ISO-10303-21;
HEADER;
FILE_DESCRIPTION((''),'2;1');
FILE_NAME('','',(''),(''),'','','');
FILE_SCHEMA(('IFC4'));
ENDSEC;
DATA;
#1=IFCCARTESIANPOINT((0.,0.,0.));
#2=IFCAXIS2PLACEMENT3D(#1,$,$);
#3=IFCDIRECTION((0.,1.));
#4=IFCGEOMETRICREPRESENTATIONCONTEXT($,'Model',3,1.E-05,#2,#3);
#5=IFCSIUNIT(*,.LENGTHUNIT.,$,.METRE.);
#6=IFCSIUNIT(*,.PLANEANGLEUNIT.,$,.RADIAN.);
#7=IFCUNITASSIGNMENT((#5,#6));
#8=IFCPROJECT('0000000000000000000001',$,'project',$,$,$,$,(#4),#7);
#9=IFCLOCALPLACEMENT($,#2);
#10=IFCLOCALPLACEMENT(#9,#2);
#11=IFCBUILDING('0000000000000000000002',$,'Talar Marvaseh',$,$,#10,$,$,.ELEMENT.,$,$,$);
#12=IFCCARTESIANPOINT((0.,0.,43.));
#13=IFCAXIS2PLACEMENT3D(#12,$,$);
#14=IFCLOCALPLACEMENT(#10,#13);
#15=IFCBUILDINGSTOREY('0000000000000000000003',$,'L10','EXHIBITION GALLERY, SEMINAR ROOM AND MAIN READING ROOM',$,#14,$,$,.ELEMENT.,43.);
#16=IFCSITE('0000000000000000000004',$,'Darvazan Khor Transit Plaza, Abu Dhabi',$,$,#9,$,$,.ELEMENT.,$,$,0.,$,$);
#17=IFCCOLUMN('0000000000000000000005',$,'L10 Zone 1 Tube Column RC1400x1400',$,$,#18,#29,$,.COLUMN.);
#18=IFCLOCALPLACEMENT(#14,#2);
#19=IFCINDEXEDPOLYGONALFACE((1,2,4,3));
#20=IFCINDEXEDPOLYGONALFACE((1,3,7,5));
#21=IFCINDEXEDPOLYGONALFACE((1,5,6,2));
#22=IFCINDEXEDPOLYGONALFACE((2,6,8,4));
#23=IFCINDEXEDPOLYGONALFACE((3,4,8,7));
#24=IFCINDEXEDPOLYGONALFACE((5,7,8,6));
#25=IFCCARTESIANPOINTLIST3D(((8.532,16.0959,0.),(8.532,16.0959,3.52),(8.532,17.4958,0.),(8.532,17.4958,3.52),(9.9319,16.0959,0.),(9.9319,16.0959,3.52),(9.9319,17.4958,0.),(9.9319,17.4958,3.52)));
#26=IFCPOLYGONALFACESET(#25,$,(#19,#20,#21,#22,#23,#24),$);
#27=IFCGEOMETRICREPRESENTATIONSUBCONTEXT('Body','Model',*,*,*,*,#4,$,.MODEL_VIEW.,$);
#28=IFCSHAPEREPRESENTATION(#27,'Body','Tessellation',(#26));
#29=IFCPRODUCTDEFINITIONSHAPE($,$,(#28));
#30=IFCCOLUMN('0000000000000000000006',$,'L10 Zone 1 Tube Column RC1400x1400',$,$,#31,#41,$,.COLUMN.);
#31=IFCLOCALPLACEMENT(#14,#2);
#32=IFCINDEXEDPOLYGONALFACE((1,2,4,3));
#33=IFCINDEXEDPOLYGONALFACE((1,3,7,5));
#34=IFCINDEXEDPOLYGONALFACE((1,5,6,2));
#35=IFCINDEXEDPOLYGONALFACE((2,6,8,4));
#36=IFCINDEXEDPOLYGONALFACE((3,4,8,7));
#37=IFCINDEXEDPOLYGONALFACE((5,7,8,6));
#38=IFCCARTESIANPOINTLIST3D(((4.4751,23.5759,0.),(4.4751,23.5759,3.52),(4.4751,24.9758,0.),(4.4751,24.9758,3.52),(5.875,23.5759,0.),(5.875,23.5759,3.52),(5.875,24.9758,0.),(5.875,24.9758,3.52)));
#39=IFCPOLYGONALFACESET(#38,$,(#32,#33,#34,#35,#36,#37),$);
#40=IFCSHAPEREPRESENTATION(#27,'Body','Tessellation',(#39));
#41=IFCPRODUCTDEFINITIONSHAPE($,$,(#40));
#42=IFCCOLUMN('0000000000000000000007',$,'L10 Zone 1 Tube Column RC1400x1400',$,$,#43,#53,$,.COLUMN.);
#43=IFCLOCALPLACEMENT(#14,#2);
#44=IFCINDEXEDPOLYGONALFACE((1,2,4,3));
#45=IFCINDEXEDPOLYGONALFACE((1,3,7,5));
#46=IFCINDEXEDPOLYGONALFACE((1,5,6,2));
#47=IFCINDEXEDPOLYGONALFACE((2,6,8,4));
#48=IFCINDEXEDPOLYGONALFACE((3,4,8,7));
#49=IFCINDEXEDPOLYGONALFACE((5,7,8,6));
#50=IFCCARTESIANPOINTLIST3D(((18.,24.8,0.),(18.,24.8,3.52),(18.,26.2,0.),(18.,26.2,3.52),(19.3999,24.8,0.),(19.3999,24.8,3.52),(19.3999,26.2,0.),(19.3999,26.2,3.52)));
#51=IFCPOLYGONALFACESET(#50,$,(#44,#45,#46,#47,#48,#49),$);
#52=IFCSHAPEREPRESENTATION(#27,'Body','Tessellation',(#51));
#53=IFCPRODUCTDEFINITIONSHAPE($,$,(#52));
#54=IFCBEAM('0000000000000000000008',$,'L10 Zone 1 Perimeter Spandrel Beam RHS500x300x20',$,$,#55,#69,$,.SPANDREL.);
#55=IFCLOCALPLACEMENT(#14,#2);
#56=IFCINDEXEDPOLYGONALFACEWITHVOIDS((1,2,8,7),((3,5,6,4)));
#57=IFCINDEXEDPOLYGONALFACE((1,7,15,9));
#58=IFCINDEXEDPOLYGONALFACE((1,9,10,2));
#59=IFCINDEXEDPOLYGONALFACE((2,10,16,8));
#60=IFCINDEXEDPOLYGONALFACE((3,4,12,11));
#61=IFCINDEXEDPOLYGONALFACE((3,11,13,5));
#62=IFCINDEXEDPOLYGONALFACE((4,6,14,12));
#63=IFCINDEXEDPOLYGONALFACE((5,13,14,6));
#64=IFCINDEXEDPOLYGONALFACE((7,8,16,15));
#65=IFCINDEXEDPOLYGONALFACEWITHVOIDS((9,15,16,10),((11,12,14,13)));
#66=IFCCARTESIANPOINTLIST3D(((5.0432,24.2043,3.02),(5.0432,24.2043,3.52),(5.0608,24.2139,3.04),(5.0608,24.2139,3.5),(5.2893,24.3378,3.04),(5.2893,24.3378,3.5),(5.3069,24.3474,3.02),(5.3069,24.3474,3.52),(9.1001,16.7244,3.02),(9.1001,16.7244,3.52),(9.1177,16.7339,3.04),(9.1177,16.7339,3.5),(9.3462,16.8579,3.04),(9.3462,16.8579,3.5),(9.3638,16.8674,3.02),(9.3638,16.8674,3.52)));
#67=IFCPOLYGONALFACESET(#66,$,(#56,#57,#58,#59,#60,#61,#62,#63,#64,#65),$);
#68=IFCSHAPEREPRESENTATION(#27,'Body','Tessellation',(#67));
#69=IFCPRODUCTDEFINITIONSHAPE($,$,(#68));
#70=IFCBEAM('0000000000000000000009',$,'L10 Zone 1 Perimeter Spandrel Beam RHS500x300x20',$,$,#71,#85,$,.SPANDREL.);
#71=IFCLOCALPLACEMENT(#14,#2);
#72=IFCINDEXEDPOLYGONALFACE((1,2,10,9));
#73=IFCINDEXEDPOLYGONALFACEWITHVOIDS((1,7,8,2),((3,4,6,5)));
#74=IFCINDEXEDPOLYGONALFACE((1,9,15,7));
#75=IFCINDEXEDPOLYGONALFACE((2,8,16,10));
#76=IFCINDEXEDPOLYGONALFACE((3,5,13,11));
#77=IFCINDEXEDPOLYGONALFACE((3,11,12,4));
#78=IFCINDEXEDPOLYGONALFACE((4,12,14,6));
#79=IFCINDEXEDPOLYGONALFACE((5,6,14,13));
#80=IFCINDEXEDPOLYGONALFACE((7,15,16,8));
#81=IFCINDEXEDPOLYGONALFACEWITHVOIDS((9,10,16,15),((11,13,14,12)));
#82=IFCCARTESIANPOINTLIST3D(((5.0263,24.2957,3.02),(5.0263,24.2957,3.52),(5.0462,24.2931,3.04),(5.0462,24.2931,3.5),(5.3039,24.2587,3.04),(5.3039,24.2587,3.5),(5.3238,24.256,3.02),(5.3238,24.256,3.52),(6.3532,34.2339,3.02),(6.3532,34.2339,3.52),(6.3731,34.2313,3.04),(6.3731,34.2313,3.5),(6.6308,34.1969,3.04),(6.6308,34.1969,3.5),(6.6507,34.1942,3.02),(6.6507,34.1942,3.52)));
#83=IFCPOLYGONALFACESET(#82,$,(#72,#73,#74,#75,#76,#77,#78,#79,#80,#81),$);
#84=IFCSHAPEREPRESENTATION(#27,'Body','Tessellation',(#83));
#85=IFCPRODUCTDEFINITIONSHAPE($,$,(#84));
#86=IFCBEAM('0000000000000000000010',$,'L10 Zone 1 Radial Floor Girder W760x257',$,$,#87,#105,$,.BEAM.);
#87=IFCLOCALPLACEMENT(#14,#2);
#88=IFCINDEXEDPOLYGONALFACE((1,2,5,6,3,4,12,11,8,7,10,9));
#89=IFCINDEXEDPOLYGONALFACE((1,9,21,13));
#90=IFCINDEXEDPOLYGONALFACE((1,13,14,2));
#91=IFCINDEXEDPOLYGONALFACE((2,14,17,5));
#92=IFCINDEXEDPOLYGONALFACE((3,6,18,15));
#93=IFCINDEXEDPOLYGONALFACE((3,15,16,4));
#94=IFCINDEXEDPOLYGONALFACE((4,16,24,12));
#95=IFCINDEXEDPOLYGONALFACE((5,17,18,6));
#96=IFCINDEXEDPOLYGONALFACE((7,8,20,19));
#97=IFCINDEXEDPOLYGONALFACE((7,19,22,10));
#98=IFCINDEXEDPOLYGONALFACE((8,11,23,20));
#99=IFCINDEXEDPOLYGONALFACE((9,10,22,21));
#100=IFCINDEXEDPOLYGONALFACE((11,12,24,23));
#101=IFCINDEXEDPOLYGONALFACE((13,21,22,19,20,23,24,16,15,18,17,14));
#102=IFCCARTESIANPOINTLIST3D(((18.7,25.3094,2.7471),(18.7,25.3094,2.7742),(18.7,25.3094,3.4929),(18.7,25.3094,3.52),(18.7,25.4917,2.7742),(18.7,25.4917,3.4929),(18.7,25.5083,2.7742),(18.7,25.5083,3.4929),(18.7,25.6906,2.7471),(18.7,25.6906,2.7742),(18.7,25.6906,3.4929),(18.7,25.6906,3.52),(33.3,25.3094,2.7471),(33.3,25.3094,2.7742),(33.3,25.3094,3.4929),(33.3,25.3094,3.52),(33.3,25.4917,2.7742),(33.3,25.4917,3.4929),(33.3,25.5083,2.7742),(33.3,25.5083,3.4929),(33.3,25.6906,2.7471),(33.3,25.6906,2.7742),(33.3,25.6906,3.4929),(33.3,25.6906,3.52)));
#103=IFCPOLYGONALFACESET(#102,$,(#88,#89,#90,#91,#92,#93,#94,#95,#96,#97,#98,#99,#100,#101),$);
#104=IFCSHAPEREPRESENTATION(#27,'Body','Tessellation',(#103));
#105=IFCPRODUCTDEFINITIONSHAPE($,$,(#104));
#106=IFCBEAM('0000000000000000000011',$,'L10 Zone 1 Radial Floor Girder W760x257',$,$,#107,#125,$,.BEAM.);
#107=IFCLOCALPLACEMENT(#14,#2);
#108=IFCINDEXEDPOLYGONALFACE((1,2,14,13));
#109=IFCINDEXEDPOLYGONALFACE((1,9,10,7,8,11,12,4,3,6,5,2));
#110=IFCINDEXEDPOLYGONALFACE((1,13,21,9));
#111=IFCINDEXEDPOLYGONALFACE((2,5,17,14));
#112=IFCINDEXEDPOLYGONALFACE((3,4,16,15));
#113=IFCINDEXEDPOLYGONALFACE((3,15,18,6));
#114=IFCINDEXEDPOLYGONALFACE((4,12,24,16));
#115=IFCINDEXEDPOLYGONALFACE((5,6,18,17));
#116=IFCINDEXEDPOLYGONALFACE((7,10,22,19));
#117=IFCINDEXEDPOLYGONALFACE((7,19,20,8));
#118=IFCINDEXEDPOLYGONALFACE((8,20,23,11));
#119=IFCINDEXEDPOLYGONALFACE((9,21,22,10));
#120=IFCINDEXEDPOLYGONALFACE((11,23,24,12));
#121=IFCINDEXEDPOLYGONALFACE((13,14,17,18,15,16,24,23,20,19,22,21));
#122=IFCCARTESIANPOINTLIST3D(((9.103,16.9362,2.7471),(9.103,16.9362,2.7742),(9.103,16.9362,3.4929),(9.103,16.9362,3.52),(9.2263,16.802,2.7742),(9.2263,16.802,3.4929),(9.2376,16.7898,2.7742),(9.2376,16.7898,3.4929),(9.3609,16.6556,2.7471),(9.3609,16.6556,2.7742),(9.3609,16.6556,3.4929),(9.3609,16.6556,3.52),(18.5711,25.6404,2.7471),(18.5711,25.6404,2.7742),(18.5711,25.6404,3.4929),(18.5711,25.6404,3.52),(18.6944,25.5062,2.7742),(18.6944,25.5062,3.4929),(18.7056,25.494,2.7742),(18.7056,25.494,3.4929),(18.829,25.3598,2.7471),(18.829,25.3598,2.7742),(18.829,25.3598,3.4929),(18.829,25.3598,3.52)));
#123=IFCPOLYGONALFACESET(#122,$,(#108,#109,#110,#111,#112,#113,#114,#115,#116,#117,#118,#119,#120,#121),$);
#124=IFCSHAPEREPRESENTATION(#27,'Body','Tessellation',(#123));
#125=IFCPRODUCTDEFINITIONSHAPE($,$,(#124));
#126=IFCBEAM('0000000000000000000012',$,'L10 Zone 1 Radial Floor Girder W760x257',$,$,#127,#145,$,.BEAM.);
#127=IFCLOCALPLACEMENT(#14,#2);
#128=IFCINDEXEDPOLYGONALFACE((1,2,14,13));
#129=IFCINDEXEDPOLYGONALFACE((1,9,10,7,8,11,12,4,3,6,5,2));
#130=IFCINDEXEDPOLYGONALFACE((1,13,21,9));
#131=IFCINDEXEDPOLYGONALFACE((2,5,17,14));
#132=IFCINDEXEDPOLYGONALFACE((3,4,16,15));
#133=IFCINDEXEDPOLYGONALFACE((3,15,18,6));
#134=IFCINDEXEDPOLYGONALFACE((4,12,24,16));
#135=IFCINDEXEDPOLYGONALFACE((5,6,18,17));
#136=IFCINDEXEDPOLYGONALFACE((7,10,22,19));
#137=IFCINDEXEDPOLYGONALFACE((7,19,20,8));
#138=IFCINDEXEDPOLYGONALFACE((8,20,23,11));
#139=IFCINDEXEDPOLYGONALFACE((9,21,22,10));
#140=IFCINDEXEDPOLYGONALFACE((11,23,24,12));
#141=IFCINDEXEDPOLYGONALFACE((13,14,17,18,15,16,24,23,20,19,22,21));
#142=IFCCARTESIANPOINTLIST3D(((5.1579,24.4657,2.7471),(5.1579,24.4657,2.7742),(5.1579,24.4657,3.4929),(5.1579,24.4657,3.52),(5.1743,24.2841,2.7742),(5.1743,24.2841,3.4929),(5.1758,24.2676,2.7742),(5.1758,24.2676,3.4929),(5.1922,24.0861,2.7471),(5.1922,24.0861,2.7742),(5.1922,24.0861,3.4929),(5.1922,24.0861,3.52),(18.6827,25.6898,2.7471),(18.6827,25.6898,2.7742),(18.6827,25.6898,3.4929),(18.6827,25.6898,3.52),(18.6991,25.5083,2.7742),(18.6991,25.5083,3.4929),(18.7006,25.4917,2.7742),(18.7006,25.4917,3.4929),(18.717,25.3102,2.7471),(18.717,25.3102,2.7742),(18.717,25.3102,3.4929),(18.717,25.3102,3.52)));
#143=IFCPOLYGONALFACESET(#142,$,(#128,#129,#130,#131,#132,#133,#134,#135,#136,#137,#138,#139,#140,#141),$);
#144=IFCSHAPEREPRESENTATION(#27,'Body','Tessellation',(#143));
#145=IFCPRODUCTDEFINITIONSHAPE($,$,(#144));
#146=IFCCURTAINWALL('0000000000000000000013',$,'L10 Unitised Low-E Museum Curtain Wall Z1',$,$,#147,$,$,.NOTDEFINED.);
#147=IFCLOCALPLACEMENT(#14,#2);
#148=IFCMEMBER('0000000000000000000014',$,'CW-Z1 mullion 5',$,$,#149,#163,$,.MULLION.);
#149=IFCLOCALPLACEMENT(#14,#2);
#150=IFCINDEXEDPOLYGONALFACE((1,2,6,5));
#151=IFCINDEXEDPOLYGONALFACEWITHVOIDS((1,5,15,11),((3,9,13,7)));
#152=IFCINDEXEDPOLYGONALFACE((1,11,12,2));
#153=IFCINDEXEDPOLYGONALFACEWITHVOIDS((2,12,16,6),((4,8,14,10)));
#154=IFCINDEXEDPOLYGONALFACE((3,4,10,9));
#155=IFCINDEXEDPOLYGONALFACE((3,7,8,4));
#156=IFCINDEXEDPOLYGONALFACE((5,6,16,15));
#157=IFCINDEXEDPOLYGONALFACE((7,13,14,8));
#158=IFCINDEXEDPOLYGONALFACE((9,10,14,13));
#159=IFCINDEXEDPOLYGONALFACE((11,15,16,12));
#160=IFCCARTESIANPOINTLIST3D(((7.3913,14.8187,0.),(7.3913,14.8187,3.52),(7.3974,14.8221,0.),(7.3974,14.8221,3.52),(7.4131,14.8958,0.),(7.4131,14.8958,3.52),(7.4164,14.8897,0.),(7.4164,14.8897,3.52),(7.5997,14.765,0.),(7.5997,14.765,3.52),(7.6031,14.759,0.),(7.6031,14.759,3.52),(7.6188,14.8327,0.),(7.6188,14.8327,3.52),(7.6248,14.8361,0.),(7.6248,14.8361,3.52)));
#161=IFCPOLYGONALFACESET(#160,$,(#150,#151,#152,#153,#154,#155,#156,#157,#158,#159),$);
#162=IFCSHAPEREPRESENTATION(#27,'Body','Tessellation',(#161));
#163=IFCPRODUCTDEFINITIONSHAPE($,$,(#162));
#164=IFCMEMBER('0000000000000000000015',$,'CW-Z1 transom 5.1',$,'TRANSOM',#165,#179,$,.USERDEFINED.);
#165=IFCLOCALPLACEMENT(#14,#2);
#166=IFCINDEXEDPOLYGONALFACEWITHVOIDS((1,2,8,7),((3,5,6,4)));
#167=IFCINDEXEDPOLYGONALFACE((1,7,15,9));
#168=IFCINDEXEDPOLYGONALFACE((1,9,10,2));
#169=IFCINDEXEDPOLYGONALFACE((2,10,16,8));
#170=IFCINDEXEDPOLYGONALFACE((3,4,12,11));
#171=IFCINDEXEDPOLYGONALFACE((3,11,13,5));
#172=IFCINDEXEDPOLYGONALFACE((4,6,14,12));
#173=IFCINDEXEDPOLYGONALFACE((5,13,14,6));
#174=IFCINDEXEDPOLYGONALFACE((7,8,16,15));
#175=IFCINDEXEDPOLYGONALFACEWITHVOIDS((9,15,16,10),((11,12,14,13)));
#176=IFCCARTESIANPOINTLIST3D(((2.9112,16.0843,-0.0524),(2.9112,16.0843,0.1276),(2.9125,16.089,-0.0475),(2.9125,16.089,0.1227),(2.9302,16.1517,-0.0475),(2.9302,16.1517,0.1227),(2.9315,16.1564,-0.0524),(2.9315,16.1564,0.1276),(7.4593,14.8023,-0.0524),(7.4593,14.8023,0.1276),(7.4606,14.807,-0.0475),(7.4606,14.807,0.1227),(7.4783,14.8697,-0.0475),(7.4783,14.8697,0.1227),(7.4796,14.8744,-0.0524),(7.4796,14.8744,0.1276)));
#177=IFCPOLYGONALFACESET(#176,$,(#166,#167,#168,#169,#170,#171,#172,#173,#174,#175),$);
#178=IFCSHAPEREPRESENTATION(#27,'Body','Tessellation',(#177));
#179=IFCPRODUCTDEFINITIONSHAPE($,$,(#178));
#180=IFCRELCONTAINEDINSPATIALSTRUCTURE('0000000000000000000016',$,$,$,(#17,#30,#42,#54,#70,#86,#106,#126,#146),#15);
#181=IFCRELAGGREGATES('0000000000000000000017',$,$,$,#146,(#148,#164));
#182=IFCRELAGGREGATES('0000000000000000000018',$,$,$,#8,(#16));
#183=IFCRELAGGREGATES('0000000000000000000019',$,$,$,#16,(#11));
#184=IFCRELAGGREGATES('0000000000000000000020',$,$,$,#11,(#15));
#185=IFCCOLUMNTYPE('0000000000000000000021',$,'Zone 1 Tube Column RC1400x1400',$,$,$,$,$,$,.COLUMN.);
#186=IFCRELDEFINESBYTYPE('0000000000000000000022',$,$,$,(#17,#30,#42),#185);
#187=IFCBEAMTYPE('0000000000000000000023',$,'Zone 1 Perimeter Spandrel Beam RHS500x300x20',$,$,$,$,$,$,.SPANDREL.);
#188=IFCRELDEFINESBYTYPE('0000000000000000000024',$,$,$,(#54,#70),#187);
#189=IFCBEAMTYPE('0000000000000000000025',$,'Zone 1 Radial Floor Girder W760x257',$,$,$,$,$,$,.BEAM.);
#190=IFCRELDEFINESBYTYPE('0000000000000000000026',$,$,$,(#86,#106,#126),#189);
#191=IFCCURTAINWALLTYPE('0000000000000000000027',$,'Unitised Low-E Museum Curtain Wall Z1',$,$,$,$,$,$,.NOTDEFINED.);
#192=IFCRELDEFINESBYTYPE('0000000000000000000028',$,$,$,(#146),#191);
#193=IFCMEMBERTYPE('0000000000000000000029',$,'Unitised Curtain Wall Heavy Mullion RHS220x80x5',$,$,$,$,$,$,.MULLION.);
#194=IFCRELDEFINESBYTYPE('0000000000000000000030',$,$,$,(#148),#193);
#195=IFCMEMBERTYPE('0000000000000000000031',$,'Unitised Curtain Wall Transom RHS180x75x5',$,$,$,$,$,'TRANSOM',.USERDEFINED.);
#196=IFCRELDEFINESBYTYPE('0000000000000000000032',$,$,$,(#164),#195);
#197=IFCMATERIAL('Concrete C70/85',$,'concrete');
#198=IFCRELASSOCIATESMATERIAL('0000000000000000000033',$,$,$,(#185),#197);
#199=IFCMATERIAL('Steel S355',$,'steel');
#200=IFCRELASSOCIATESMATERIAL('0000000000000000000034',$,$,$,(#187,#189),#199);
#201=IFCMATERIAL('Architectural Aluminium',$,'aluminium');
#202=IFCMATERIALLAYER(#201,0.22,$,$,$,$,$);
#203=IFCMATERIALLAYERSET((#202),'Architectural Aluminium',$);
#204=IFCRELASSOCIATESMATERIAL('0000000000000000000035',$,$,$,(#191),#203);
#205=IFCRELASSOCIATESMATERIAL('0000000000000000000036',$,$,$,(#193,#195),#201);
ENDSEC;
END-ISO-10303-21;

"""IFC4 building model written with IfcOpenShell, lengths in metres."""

from ifc_helpers import new_model, si_unit, direction, frame, origin, origin_2d, place, context, subcontext, project, spatial, rectangle, hollow_rectangle, i_section, extrude, source, transform, mapped, material, layer, layer_set, material_profile, profile_set, type_object, type_shapes, element, aggregate, save


model = new_model("IFC4")

# Units and contexts
model_context = context("Model", 3, precision=1e-05, world=origin(), true_north=direction((0.0, 1.0)))
body_context = subcontext(model_context, "Body", "Model", "MODEL_VIEW")
ifc_project = project(units=[si_unit("LENGTHUNIT", "METRE"), si_unit("PLANEANGLEUNIT", "RADIAN")], contexts=[model_context])

# Site, building, storey
site_placement = place(None, origin())
site = spatial("IfcSite", under=ifc_project, at=site_placement, Name="Darvazan Khor Transit Plaza, Abu Dhabi", CompositionType="ELEMENT", RefElevation=0.0)
building_placement = place(site_placement, origin())
building = spatial("IfcBuilding", under=site, at=building_placement, Name="Talar Marvaseh", CompositionType="ELEMENT")
storey_placement = place(building_placement, frame((0.0, 0.0, 43.0)))
storey = spatial("IfcBuildingStorey", under=building, at=storey_placement, Name="L10", Description="EXHIBITION GALLERY, SEMINAR ROOM AND MAIN READING ROOM", CompositionType="ELEMENT", Elevation=43.0)

# Columns
ifc_material_1 = material(Name="Concrete C70/85", Category="concrete")
ifc_material_profile_1 = material_profile(ifc_material_1, rectangle(XDim=1.3999, YDim=1.3999, at=origin_2d()), Name="RC1400x1400")
ifc_profile_set_1 = profile_set([ifc_material_profile_1], Name="Concrete C70/85")
column_type = type_object("IfcColumnType", Name="Zone 1 Tube Column RC1400x1400", PredefinedType="COLUMN", material=ifc_profile_set_1)
for number, where, z_axis, x_axis, name in (
    (1, (9.2319, 16.7959, 0.0), (0.0, 0.0, 1.0), (1.0, 0.0, 0.0), "L10 Zone 1 Tube Column RC1400x1400"),
    (2, (5.175, 24.2759, 0.0), (0.0, 0.0, 1.0), (1.0, 0.0, 0.0), "L10 Zone 1 Tube Column RC1400x1400"),
    (3, (18.7, 25.5, 0.0), (0.0, 0.0, 1.0), (1.0, 0.0, 0.0), "L10 Zone 1 Tube Column RC1400x1400"),
):
    element("IfcColumn", number, at=place(storey_placement, frame(where, z_axis=z_axis, x_axis=x_axis)), inside=storey, type_object=column_type, Name=name, PredefinedType="COLUMN", context=body_context, shape_type="SweptSolid", body=[
        extrude(rectangle(XDim=1.3999, YDim=1.3999, at=origin_2d()), origin(), (0.0, 0.0, 1.0), 3.52),
    ])

# Beams
ifc_material_2 = material(Name="Steel S355", Category="steel")
ifc_material_profile_2 = material_profile(ifc_material_2, hollow_rectangle(XDim=0.3, YDim=0.5, WallThickness=0.02, at=origin_2d()), Name="RHS500x300x20")
ifc_profile_set_2 = profile_set([ifc_material_profile_2], Name="Steel S355")
beam_type_1 = type_object("IfcBeamType", Name="Zone 1 Perimeter Spandrel Beam RHS500x300x20", PredefinedType="SPANDREL", material=ifc_profile_set_2)
beam_1_placement = place(storey_placement, frame((9.2319, 16.7959, 3.27), z_axis=(-0.476758, 0.879035, 0.0), x_axis=(-0.879035, -0.476758, 0.0)))
element("IfcBeam", 4, at=beam_1_placement, inside=storey, type_object=beam_type_1, Name="L10 Zone 1 Perimeter Spandrel Beam RHS500x300x20", PredefinedType="SPANDREL", context=body_context, shape_type="SweptSolid", body=[
    extrude(hollow_rectangle(XDim=0.3, YDim=0.5, WallThickness=0.02, at=origin_2d()), origin(), (0.0, 0.0, 1.0), 8.5093),
])
beam_2_placement = place(storey_placement, frame((5.175, 24.2759, 3.27), z_axis=(0.132341, 0.991204, 0.0), x_axis=(-0.991204, 0.132341, 0.0)))
element("IfcBeam", 5, at=beam_2_placement, inside=storey, type_object=beam_type_1, Name="L10 Zone 1 Perimeter Spandrel Beam RHS500x300x20", PredefinedType="SPANDREL", context=body_context, shape_type="SweptSolid", body=[
    extrude(hollow_rectangle(XDim=0.3, YDim=0.5, WallThickness=0.02, at=origin_2d()), origin(), (0.0, 0.0, 1.0), 10.0264),
])
ifc_material_profile_3 = material_profile(ifc_material_2, i_section(OverallWidth=0.3811, OverallDepth=0.7729, WebThickness=0.0166, FlangeThickness=0.0271, at=origin_2d()), Name="W760x257")
ifc_profile_set_3 = profile_set([ifc_material_profile_3], Name="Steel S355")
beam_type_2 = type_object("IfcBeamType", Name="Zone 1 Radial Floor Girder W760x257", PredefinedType="BEAM", material=ifc_profile_set_3)
beam_3_placement = place(storey_placement, frame((18.7, 25.5, 3.1335), z_axis=(1.0, 0.0, 0.0), x_axis=(0.0, 1.0, 0.0)))
element("IfcBeam", 6, at=beam_3_placement, inside=storey, type_object=beam_type_2, Name="L10 Zone 1 Radial Floor Girder W760x257", PredefinedType="BEAM", context=body_context, shape_type="SweptSolid", body=[
    extrude(i_section(OverallWidth=0.3811, OverallDepth=0.7729, WebThickness=0.0166, FlangeThickness=0.0271, at=origin_2d()), origin(), (0.0, 0.0, 1.0), 14.6001),
])
beam_4_placement = place(storey_placement, frame((9.2319, 16.7959, 3.1335), z_axis=(0.736182, 0.676784, 0.0), x_axis=(-0.676784, 0.736182, 0.0)))
element("IfcBeam", 7, at=beam_4_placement, inside=storey, type_object=beam_type_2, Name="L10 Zone 1 Radial Floor Girder W760x257", PredefinedType="BEAM", context=body_context, shape_type="SweptSolid", body=[
    extrude(i_section(OverallWidth=0.3811, OverallDepth=0.7729, WebThickness=0.0166, FlangeThickness=0.0271, at=origin_2d()), origin(), (0.0, 0.0, 1.0), 12.8611),
])
beam_5_placement = place(storey_placement, frame((5.175, 24.2759, 3.1335), z_axis=(0.995929, 0.09014, 0.0), x_axis=(-0.09014, 0.995929, 0.0)))
element("IfcBeam", 8, at=beam_5_placement, inside=storey, type_object=beam_type_2, Name="L10 Zone 1 Radial Floor Girder W760x257", PredefinedType="BEAM", context=body_context, shape_type="SweptSolid", body=[
    extrude(i_section(OverallWidth=0.3811, OverallDepth=0.7729, WebThickness=0.0166, FlangeThickness=0.0271, at=origin_2d()), origin(), (0.0, 0.0, 1.0), 13.5801),
])

# Curtain wall, members
ifc_material_3 = material(Name="Architectural Aluminium", Category="aluminium")
ifc_layer_1 = layer(ifc_material_3, 0.22)
ifc_layer_set_1 = layer_set([ifc_layer_1], Name="Architectural Aluminium")
curtain_wall_type = type_object("IfcCurtainWallType", Name="Unitised Low-E Museum Curtain Wall Z1", PredefinedType="NOTDEFINED", material=ifc_layer_set_1)
curtain_wall_placement = place(storey_placement, origin())
curtain_wall = element("IfcCurtainWall", 9, at=curtain_wall_placement, inside=storey, type_object=curtain_wall_type, Name="L10 Unitised Low-E Museum Curtain Wall Z1", PredefinedType="NOTDEFINED")
ifc_material_profile_4 = material_profile(ifc_material_3, hollow_rectangle(XDim=0.0801, YDim=0.22, WallThickness=0.0049, at=origin_2d()), Name="RHS220x80x5")
ifc_profile_set_4 = profile_set([ifc_material_profile_4], Name="Architectural Aluminium")
member_type_1 = type_object("IfcMemberType", Name="Unitised Curtain Wall Heavy Mullion RHS220x80x5", PredefinedType="MULLION", material=ifc_profile_set_4)
shared_shape_1 = source(origin(), body_context, "Body", "SweptSolid", [
    extrude(hollow_rectangle(XDim=0.0801, YDim=0.22, WallThickness=0.0049, at=origin_2d()), origin(), (0.0, 0.0, 1.0), 3.52),
])
type_shapes(member_type_1, [shared_shape_1])
member_1_placement = place(storey_placement, frame((7.5081, 14.8274, 0.0), z_axis=(0.0, 0.0, 1.0), x_axis=(-0.271292, -0.962497, 0.0)))
member_1 = element("IfcMember", 10, at=member_1_placement, type_object=member_type_1, Name="CW-Z1 mullion 5", PredefinedType="MULLION", context=body_context, shape_type="MappedRepresentation", body=[
    mapped(shared_shape_1, transform((0.0, 0.0, 0.0), x_axis=(1.0, 0.0, 0.0), y_axis=(0.0, 1.0, 0.0), z_axis=(0.0, 0.0, 1.0), scale=1.0)),
])
ifc_material_profile_5 = material_profile(ifc_material_3, hollow_rectangle(XDim=0.075, YDim=0.1799, WallThickness=0.0049, at=origin_2d()), Name="RHS180x75x5")
ifc_profile_set_5 = profile_set([ifc_material_profile_5], Name="Architectural Aluminium")
member_type_2 = type_object("IfcMemberType", Name="Unitised Curtain Wall Transom RHS180x75x5", ElementType="TRANSOM", PredefinedType="USERDEFINED", material=ifc_profile_set_5)
shared_shape_2 = source(origin(), body_context, "Body", "SweptSolid", [
    extrude(hollow_rectangle(XDim=0.075, YDim=0.1799, WallThickness=0.0049, at=origin_2d()), origin(), (0.0, 0.0, 1.0), 4.7253),
])
type_shapes(member_type_2, [shared_shape_2])
member_2_placement = place(storey_placement, frame((7.4695, 14.8384, 0.0376), z_axis=(-0.962495, 0.271301, 0.0), x_axis=(-0.271301, -0.962495, 0.0)))
member_2 = element("IfcMember", 11, at=member_2_placement, type_object=member_type_2, Name="CW-Z1 transom 5.1", ObjectType="TRANSOM", PredefinedType="USERDEFINED", context=body_context, shape_type="MappedRepresentation", body=[
    mapped(shared_shape_2, transform((0.0, 0.0, 0.0), x_axis=(1.0, 0.0, 0.0), y_axis=(0.0, 1.0, 0.0), z_axis=(0.0, 0.0, 1.0), scale=1.0)),
])
aggregate(curtain_wall, [member_1, member_2])

save(model, "model.ifc")
